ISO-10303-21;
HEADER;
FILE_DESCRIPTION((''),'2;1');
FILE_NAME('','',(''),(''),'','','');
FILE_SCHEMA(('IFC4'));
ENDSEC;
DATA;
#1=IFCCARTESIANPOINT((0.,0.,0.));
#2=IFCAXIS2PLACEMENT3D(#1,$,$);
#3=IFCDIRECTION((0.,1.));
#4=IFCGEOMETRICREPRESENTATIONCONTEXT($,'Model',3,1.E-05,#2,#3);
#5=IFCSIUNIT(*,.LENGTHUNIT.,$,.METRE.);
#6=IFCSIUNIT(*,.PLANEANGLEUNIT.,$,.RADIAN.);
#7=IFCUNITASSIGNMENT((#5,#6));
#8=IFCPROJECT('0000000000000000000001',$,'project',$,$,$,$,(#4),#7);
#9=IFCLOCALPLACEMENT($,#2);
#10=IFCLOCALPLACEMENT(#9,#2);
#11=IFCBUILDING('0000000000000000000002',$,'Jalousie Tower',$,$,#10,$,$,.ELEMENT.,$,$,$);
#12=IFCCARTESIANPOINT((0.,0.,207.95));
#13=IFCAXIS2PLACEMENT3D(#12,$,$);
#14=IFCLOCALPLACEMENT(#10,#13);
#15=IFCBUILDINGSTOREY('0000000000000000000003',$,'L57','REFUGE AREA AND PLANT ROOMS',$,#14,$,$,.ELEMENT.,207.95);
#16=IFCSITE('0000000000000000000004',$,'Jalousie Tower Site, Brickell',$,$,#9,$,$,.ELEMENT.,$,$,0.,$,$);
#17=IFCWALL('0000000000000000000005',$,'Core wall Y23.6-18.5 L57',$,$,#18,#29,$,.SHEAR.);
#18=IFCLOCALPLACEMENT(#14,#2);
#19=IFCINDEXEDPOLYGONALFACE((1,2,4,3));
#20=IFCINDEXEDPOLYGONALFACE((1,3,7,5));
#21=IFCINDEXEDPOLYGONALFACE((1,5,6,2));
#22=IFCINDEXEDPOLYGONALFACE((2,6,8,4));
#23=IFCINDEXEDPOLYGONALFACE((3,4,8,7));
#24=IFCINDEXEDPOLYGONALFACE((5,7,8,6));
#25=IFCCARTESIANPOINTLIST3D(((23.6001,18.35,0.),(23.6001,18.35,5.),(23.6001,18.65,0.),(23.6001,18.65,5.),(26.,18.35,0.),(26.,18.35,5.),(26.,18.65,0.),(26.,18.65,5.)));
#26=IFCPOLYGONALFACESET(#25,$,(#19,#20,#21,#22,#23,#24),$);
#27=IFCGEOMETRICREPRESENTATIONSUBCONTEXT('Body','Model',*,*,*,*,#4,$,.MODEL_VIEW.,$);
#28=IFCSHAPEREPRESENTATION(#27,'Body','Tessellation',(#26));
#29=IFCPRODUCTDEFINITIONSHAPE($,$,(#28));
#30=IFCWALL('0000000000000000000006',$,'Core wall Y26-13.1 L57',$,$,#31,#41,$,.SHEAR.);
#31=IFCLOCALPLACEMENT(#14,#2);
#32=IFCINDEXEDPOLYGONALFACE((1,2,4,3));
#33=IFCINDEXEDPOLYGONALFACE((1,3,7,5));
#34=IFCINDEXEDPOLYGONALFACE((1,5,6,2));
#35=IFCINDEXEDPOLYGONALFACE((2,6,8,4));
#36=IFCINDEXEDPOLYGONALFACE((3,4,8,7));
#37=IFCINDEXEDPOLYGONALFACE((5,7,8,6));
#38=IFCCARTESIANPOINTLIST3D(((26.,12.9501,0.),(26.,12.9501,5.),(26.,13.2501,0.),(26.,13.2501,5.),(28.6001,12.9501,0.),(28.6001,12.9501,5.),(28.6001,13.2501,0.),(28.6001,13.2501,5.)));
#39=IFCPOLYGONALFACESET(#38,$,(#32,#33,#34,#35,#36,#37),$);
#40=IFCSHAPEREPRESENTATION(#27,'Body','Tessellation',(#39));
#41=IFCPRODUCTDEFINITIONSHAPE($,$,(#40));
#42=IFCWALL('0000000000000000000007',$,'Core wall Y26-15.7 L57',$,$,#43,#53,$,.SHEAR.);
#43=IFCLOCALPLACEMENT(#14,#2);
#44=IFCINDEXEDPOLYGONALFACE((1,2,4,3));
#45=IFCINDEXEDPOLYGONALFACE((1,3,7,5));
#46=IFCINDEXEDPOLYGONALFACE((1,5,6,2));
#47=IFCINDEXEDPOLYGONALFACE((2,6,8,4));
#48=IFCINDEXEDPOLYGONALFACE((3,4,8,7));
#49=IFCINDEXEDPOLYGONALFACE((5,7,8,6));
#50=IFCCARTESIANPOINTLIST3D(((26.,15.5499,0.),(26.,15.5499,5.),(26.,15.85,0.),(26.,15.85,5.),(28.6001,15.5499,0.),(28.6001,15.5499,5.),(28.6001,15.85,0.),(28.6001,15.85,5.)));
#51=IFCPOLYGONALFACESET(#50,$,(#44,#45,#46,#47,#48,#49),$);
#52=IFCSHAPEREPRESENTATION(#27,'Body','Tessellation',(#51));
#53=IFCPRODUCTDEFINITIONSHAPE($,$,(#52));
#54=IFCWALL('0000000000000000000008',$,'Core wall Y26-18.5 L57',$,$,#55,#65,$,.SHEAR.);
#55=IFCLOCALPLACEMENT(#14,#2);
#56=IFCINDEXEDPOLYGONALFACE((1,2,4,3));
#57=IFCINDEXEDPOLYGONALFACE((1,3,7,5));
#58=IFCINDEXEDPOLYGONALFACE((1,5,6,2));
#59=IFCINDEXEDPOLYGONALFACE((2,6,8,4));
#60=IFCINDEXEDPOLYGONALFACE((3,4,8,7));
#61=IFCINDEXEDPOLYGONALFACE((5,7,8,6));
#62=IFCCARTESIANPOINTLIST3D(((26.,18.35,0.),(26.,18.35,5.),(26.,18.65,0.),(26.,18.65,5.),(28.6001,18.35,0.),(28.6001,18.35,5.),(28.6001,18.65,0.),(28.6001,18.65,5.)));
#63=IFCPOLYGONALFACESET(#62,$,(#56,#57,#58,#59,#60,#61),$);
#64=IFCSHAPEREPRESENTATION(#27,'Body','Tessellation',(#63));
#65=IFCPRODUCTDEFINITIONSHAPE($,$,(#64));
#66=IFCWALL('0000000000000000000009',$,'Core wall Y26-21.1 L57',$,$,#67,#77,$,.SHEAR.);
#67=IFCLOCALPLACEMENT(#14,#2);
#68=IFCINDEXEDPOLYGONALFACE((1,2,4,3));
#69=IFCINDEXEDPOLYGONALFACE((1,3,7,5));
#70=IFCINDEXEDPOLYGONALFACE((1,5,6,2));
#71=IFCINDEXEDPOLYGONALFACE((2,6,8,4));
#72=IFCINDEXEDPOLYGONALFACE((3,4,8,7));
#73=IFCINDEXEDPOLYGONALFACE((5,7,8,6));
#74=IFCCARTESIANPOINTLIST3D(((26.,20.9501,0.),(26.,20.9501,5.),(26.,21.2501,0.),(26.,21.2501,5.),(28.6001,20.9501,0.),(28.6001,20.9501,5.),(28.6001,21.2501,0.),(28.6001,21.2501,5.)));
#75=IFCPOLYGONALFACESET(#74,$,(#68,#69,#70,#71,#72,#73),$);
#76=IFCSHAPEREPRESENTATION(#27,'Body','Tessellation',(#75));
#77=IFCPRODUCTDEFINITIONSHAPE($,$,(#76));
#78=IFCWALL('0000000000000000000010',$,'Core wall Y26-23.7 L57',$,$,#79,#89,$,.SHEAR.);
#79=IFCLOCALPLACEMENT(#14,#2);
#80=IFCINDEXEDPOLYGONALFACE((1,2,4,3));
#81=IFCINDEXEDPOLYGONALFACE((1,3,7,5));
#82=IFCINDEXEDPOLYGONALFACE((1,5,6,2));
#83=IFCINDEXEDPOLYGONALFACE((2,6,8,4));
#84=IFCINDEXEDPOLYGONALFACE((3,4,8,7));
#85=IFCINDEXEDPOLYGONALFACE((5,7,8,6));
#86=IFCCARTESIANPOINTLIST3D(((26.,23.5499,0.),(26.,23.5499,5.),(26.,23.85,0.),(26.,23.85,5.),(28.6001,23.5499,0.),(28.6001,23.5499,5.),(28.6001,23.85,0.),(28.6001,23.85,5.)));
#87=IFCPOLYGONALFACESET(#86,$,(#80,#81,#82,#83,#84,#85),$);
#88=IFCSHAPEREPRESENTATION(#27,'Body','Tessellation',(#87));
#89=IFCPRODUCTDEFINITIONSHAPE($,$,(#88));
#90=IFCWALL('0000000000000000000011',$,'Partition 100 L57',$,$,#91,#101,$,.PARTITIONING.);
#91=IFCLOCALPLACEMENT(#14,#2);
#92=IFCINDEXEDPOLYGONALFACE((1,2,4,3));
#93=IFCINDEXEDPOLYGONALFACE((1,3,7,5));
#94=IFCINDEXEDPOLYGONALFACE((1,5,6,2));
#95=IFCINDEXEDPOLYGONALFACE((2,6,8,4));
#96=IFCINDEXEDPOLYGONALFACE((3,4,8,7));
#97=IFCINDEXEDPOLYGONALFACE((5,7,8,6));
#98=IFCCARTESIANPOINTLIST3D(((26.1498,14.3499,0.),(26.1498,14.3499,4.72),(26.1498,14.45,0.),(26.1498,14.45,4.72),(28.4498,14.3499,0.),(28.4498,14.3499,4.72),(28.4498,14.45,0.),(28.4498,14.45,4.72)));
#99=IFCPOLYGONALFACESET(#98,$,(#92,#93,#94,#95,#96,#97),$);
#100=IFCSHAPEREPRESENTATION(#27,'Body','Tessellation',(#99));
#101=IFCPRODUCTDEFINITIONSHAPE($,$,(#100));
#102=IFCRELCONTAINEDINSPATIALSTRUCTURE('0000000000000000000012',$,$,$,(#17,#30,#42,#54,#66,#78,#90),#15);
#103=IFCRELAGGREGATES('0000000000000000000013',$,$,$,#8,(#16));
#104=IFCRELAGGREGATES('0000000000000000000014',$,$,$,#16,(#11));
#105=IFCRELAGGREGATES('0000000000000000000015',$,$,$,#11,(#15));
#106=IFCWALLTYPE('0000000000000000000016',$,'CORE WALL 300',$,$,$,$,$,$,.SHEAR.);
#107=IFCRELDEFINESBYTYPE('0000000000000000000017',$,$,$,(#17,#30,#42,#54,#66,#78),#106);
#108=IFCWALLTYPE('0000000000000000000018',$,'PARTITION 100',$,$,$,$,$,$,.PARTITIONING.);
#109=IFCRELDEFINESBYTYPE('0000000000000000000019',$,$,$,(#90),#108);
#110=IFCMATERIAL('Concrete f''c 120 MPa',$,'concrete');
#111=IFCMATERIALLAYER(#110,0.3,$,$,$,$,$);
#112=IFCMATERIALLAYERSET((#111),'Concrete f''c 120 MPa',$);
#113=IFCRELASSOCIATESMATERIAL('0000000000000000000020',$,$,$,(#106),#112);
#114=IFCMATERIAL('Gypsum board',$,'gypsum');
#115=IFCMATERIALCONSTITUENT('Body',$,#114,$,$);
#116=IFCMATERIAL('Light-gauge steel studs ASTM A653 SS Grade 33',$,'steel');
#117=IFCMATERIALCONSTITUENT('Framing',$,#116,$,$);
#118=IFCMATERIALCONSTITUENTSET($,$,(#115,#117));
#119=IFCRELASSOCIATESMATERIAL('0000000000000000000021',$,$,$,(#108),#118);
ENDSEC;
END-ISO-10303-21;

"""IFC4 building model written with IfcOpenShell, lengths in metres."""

from ifc_helpers import new_model, si_unit, direction, frame, frame_2d, origin, place, context, subcontext, project, spatial, rectangle, extrude, material, layer, layer_set, constituent, constituent_set, type_object, element, save


model = new_model("IFC4")

# Units and contexts
model_context = context("Model", 3, precision=1e-05, world=origin(), true_north=direction((0.0, 1.0)))
body_context = subcontext(model_context, "Body", "Model", "MODEL_VIEW")
ifc_project = project(units=[si_unit("LENGTHUNIT", "METRE"), si_unit("PLANEANGLEUNIT", "RADIAN")], contexts=[model_context])

# Site, building, storey
site_placement = place(None, origin())
site = spatial("IfcSite", under=ifc_project, at=site_placement, Name="Jalousie Tower Site, Brickell", CompositionType="ELEMENT", RefElevation=0.0)
building_placement = place(site_placement, origin())
building = spatial("IfcBuilding", under=site, at=building_placement, Name="Jalousie Tower", CompositionType="ELEMENT")
storey_placement = place(building_placement, frame((0.0, 0.0, 207.95)))
storey = spatial("IfcBuildingStorey", under=building, at=storey_placement, Name="L57", Description="REFUGE AREA AND PLANT ROOMS", CompositionType="ELEMENT", Elevation=207.95)

# Shared definitions
ifc_material_1 = material(Name="Concrete f'c 120 MPa", Category="concrete")
ifc_layer = layer(ifc_material_1, 0.3)
ifc_layer_set = layer_set([ifc_layer], Name="Concrete f'c 120 MPa")
wall_type_1 = type_object("IfcWallType", Name="CORE WALL 300", PredefinedType="SHEAR", material=ifc_layer_set)

# Walls
wall_1_placement = place(storey_placement, frame((23.6001, 18.5, 0.0), z_axis=(0.0, 0.0, 1.0), x_axis=(1.0, 0.0, 0.0)))
element("IfcWall", 1, at=wall_1_placement, inside=storey, type_object=wall_type_1, Name="Core wall Y23.6-18.5 L57", PredefinedType="SHEAR", context=body_context, shape_type="SweptSolid", body=[
    extrude(rectangle(XDim=2.3999, YDim=0.3, at=frame_2d((1.2, 0.0))), origin(), (0.0, 0.0, 1.0), 5.0),
])
for number, where, z_axis, x_axis, name in (
    (2, (26.0, 13.1001, 0.0), (0.0, 0.0, 1.0), (1.0, 0.0, 0.0), "Core wall Y26-13.1 L57"),
    (3, (26.0, 15.7, 0.0), (0.0, 0.0, 1.0), (1.0, 0.0, 0.0), "Core wall Y26-15.7 L57"),
    (4, (26.0, 18.5, 0.0), (0.0, 0.0, 1.0), (1.0, 0.0, 0.0), "Core wall Y26-18.5 L57"),
    (5, (26.0, 21.1001, 0.0), (0.0, 0.0, 1.0), (1.0, 0.0, 0.0), "Core wall Y26-21.1 L57"),
    (6, (26.0, 23.7, 0.0), (0.0, 0.0, 1.0), (1.0, 0.0, 0.0), "Core wall Y26-23.7 L57"),
):
    element("IfcWall", number, at=place(storey_placement, frame(where, z_axis=z_axis, x_axis=x_axis)), inside=storey, type_object=wall_type_1, Name=name, PredefinedType="SHEAR", context=body_context, shape_type="SweptSolid", body=[
        extrude(rectangle(XDim=2.6001, YDim=0.3, at=frame_2d((1.3, 0.0))), origin(), (0.0, 0.0, 1.0), 5.0),
    ])
ifc_material_2 = material(Name="Gypsum board", Category="gypsum")
ifc_constituent_1 = constituent(ifc_material_2, Name="Body")
ifc_material_3 = material(Name="Light-gauge steel studs ASTM A653 SS Grade 33", Category="steel")
ifc_constituent_2 = constituent(ifc_material_3, Name="Framing")
ifc_constituent_set = constituent_set(constituents=[ifc_constituent_1, ifc_constituent_2])
wall_type_2 = type_object("IfcWallType", Name="PARTITION 100", PredefinedType="PARTITIONING", material=ifc_constituent_set)
wall_2_placement = place(storey_placement, frame((26.1499, 14.3999, 0.0), z_axis=(0.0, 0.0, 1.0), x_axis=(1.0, 0.0, 0.0)))
element("IfcWall", 7, at=wall_2_placement, inside=storey, type_object=wall_type_2, Name="Partition 100 L57", PredefinedType="PARTITIONING", context=body_context, shape_type="SweptSolid", body=[
    extrude(rectangle(XDim=2.3, YDim=0.1001, at=frame_2d((1.1499, 0.0))), origin(), (0.0, 0.0, 1.0), 4.72),
])

save(model, "model.ifc")
